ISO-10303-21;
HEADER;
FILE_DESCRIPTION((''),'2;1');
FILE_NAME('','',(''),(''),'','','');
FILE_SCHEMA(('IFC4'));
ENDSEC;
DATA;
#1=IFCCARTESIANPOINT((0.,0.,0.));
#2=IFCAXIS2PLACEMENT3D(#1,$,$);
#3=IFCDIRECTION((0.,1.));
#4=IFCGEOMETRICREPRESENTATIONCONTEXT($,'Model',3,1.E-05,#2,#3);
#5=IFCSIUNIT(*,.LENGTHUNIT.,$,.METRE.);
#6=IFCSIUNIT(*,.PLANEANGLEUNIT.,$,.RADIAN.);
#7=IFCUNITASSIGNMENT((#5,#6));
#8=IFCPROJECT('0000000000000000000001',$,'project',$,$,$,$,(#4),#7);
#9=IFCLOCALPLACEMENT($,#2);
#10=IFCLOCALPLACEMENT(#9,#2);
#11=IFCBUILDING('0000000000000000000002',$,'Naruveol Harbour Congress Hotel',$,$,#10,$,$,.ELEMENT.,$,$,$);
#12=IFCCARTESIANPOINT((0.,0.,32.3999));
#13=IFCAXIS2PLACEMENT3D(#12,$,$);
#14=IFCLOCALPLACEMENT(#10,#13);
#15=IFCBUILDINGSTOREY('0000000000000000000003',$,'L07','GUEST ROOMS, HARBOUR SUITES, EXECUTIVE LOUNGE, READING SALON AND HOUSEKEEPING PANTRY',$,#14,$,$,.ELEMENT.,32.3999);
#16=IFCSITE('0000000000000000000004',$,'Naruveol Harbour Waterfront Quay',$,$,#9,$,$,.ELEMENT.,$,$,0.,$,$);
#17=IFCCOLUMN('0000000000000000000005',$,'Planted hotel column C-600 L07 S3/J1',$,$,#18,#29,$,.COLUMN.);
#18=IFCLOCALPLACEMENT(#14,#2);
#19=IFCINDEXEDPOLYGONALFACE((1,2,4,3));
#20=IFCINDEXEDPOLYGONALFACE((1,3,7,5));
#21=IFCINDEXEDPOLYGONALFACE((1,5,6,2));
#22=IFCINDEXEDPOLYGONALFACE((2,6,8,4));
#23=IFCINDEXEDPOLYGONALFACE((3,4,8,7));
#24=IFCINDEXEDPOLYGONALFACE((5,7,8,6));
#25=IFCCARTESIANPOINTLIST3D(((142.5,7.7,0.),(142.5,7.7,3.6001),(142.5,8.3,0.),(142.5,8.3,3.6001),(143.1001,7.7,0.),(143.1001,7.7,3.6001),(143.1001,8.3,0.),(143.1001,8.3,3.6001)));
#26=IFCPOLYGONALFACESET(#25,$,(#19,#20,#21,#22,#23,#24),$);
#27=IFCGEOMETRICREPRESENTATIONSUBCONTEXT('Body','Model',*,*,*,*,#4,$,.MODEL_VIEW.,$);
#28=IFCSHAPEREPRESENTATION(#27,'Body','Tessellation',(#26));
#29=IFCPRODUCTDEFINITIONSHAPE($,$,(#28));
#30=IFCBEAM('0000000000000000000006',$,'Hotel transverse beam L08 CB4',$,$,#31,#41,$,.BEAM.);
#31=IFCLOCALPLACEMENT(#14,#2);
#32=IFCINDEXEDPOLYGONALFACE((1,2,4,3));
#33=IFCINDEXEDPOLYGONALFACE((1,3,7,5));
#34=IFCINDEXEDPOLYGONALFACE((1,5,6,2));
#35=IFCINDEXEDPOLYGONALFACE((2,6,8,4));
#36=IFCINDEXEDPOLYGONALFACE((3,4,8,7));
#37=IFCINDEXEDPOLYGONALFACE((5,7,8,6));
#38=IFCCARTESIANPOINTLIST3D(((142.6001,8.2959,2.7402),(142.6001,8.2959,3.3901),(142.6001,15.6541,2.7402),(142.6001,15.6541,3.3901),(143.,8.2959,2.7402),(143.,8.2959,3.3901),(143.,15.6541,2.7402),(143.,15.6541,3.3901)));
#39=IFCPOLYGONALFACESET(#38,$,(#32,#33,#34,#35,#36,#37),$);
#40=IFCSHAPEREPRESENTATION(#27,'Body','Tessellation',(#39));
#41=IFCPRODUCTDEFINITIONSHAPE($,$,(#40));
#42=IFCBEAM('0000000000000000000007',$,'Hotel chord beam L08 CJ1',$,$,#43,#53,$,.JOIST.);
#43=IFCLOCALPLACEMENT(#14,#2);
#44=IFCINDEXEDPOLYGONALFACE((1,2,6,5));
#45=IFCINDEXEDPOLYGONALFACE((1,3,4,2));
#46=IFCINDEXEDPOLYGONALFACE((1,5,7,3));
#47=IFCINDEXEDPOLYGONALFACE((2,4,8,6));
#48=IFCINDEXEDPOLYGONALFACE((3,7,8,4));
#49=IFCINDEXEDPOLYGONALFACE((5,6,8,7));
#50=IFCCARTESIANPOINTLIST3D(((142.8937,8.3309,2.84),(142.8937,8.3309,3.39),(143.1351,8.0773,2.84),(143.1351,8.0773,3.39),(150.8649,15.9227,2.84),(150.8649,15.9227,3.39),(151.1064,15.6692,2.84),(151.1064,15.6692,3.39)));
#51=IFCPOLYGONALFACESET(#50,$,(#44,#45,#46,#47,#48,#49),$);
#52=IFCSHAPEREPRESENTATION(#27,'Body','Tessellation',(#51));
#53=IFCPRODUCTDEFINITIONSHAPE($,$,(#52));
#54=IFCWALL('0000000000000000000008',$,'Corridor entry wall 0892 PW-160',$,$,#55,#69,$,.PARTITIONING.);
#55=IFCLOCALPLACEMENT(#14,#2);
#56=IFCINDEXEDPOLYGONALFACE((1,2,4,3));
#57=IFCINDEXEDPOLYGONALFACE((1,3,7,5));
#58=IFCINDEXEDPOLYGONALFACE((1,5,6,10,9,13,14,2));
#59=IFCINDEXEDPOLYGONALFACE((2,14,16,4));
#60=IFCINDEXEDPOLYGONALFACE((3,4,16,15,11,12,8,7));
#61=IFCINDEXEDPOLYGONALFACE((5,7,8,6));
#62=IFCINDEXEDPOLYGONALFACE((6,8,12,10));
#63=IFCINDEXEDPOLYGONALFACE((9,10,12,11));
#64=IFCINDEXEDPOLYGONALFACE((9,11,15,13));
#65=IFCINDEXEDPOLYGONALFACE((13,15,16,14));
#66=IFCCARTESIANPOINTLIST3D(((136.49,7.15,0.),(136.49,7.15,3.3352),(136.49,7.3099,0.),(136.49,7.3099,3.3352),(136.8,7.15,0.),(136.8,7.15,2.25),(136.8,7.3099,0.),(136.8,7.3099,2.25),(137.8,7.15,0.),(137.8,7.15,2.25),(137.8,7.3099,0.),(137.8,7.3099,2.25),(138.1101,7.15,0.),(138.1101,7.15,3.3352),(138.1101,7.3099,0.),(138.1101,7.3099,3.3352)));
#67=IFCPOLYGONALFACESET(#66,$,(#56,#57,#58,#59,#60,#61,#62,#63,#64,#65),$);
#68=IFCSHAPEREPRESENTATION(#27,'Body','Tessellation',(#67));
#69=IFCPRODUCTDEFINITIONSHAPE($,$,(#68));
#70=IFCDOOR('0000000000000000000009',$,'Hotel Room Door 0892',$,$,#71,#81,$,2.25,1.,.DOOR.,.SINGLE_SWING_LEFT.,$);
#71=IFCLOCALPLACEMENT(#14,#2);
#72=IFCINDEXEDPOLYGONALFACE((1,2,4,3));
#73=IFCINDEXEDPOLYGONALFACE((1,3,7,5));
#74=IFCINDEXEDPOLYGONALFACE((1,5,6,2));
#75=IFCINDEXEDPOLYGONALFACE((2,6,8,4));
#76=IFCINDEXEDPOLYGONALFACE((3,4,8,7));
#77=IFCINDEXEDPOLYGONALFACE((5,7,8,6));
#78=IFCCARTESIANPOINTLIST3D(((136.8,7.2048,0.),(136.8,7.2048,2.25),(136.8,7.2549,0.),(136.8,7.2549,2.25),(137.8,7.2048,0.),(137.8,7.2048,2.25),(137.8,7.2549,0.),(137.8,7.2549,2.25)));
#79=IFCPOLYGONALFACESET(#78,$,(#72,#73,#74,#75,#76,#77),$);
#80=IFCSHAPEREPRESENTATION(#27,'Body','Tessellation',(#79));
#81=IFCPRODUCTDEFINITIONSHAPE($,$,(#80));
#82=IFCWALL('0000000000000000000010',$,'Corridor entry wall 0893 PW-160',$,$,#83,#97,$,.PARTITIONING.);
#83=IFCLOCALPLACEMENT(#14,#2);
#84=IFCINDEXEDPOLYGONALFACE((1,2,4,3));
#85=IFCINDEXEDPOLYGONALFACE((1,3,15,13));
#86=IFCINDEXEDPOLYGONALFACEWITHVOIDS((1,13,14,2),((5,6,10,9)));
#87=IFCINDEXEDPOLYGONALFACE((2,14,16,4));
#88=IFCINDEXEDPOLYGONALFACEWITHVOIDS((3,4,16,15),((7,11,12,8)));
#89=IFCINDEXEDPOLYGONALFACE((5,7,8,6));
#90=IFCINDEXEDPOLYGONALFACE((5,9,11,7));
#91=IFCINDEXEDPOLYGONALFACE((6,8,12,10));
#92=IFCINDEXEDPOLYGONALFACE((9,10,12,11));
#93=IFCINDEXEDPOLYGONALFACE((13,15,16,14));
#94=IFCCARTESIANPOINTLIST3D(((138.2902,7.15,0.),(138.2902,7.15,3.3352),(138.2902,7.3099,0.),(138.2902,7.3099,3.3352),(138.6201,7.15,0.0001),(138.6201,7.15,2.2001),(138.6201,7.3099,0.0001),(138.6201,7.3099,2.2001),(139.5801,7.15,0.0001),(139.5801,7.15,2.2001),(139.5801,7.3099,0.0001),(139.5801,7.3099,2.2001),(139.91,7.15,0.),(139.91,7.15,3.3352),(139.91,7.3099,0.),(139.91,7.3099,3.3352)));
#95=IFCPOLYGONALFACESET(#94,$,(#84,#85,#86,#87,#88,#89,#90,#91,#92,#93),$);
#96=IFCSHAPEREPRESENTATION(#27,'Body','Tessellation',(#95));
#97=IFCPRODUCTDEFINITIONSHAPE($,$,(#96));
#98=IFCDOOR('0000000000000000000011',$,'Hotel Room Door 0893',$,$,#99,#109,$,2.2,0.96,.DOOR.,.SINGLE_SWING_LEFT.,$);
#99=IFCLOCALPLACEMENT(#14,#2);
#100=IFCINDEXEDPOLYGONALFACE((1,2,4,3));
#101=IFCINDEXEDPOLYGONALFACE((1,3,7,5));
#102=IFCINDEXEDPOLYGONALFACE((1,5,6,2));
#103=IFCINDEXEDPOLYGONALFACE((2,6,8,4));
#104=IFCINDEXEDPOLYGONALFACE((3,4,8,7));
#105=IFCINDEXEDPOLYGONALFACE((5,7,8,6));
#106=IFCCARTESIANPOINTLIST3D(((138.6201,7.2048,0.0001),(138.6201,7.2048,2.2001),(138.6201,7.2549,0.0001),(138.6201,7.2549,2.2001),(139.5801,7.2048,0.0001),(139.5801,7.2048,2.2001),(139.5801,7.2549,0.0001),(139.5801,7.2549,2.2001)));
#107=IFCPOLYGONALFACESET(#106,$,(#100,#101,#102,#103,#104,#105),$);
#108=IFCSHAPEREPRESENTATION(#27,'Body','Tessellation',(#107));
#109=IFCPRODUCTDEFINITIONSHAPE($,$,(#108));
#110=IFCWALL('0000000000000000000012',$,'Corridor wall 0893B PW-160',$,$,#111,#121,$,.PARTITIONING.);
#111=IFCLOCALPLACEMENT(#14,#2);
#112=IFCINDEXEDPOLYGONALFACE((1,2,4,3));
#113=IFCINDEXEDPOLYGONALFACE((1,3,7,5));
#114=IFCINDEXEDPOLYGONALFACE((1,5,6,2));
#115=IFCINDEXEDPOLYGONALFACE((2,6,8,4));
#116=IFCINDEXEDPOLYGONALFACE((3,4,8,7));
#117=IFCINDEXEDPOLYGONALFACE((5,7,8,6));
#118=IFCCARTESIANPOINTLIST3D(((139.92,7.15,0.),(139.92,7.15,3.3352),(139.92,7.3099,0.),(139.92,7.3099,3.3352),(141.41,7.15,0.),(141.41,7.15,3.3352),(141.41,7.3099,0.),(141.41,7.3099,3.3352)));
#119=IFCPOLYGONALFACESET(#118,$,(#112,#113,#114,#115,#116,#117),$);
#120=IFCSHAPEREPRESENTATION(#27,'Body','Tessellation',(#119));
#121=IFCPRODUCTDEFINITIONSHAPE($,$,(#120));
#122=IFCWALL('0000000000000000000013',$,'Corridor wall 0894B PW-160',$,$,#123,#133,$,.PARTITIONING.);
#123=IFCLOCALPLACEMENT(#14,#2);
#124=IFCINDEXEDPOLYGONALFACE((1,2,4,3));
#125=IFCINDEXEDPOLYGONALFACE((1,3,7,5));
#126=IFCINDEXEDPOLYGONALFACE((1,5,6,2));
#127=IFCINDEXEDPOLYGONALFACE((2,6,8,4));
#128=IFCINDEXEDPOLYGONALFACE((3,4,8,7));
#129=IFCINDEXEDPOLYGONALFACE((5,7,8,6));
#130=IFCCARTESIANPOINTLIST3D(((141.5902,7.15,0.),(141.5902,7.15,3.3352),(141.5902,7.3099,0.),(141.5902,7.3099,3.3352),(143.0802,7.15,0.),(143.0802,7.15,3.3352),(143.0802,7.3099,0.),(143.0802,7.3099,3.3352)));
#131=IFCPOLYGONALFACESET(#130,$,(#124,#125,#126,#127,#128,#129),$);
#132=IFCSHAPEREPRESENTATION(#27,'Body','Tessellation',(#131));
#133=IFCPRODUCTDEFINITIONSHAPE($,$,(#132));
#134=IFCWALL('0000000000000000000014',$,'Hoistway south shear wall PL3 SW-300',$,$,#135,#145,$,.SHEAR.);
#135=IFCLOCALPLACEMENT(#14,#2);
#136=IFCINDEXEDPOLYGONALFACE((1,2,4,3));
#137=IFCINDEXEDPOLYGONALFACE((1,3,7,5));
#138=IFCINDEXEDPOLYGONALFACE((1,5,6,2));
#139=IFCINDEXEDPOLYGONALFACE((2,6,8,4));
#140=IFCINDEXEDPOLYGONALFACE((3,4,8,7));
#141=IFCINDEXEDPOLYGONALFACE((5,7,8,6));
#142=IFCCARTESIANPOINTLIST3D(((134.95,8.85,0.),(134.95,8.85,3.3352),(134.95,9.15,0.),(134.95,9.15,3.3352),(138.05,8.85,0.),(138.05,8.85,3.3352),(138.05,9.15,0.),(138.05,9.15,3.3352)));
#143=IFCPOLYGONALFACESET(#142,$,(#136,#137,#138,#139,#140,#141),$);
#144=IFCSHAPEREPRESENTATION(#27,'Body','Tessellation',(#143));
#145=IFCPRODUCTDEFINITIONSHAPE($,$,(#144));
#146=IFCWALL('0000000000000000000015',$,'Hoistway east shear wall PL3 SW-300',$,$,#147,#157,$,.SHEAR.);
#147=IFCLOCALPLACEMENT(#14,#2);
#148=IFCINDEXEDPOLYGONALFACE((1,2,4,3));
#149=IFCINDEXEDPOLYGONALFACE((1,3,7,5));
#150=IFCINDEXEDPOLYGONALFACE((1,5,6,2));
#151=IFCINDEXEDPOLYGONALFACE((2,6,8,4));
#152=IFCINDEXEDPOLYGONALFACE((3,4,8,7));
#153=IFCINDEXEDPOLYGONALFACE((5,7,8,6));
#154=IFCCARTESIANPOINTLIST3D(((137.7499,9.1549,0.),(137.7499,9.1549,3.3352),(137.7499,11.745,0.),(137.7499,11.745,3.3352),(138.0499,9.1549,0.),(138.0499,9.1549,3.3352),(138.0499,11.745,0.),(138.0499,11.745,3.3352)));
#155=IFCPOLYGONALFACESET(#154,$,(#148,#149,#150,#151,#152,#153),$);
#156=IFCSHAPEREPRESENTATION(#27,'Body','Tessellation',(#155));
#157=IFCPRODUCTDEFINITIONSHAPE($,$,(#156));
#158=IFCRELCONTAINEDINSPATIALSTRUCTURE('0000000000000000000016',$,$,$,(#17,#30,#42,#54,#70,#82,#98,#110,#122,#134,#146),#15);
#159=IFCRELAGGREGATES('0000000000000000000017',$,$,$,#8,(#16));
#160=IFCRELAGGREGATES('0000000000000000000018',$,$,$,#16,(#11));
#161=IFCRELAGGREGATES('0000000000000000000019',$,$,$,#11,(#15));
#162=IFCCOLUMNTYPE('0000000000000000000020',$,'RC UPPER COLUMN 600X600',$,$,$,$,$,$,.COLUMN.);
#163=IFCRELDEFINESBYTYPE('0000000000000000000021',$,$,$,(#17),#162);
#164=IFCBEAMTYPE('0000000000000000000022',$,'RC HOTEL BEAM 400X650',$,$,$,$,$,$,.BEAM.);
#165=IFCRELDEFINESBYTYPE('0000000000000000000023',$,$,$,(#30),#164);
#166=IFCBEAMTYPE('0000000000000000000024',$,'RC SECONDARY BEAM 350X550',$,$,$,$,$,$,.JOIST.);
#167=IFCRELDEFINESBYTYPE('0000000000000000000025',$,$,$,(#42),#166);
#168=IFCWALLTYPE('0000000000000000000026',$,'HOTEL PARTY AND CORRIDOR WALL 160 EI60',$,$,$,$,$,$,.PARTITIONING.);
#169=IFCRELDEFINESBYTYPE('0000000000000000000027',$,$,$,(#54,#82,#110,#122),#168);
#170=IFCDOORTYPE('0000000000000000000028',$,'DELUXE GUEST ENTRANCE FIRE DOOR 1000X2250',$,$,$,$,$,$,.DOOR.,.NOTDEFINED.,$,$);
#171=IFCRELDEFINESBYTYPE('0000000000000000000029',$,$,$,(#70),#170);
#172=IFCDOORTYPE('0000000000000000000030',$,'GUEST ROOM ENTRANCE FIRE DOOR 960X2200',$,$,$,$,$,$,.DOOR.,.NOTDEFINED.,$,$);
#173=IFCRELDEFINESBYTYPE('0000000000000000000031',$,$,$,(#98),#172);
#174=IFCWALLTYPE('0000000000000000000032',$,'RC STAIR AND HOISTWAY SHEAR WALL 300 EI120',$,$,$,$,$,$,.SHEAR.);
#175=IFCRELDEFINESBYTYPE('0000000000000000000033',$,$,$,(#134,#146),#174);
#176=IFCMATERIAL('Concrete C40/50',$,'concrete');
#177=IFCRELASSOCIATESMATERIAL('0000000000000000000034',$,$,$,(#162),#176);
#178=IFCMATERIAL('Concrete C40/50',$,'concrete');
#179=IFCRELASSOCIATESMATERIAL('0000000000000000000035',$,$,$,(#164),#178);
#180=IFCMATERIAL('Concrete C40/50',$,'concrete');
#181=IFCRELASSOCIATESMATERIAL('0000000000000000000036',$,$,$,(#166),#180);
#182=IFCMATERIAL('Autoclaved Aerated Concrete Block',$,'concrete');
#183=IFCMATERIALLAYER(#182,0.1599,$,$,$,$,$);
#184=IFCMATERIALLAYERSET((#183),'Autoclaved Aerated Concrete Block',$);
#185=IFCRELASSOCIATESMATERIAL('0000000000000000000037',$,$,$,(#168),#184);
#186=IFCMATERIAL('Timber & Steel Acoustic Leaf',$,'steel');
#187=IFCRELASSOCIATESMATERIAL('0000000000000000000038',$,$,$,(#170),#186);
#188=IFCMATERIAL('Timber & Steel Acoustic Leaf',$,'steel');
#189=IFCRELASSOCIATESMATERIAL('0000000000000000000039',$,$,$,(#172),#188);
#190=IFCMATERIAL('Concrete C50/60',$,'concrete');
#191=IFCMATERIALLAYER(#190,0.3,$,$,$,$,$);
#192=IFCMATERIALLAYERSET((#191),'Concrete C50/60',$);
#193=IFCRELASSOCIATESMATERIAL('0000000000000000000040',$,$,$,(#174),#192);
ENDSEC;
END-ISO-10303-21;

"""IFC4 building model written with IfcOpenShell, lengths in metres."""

from ifc_helpers import new_model, si_unit, direction, frame, frame_2d, origin, origin_2d, place, context, subcontext, project, spatial, rectangle, extrude, material, layer, layer_set, material_profile, profile_set, type_object, element, fill, save


model = new_model("IFC4")

# Units and contexts
model_context = context("Model", 3, precision=1e-05, world=origin(), true_north=direction((0.0, 1.0)))
body_context = subcontext(model_context, "Body", "Model", "MODEL_VIEW")
ifc_project = project(units=[si_unit("LENGTHUNIT", "METRE"), si_unit("PLANEANGLEUNIT", "RADIAN")], contexts=[model_context])

# Site, building, storey
site_placement = place(None, origin())
site = spatial("IfcSite", under=ifc_project, at=site_placement, Name="Naruveol Harbour Waterfront Quay", CompositionType="ELEMENT", RefElevation=0.0)
building_placement = place(site_placement, origin())
building = spatial("IfcBuilding", under=site, at=building_placement, Name="Naruveol Harbour Congress Hotel", CompositionType="ELEMENT")
storey_placement = place(building_placement, frame((0.0, 0.0, 32.3999)))
storey = spatial("IfcBuildingStorey", under=building, at=storey_placement, Name="L07", Description="GUEST ROOMS, HARBOUR SUITES, EXECUTIVE LOUNGE, READING SALON AND HOUSEKEEPING PANTRY", CompositionType="ELEMENT", Elevation=32.3999)

# Column
ifc_material_1 = material(Name="Concrete C40/50", Category="concrete")
ifc_material_profile_1 = material_profile(ifc_material_1, rectangle(XDim=0.6001, YDim=0.6001, at=origin_2d()), Name="RC-600x600")
ifc_profile_set_1 = profile_set([ifc_material_profile_1], Name="Concrete C40/50")
column_type = type_object("IfcColumnType", Name="RC UPPER COLUMN 600X600", PredefinedType="COLUMN", material=ifc_profile_set_1)
column_placement = place(storey_placement, frame((142.8, 8.0, 0.0), z_axis=(0.0, 0.0, 1.0), x_axis=(1.0, 0.0, 0.0)))
element("IfcColumn", 1, at=column_placement, inside=storey, type_object=column_type, Name="Planted hotel column C-600 L07 S3/J1", PredefinedType="COLUMN", context=body_context, shape_type="SweptSolid", body=[
    extrude(rectangle(XDim=0.6001, YDim=0.6001, at=origin_2d()), origin(), (0.0, 0.0, 1.0), 3.6001),
])

# Beams
ifc_material_2 = material(Name="Concrete C40/50", Category="concrete")
ifc_material_profile_2 = material_profile(ifc_material_2, rectangle(XDim=0.3999, YDim=0.6499, at=origin_2d()), Name="RCB-400x650")
ifc_profile_set_2 = profile_set([ifc_material_profile_2], Name="Concrete C40/50")
beam_type_1 = type_object("IfcBeamType", Name="RC HOTEL BEAM 400X650", PredefinedType="BEAM", material=ifc_profile_set_2)
beam_1_placement = place(storey_placement, frame((142.8, 8.2959, 3.0652), z_axis=(0.0, 1.0, 0.0), x_axis=(-1.0, 0.0, 0.0)))
element("IfcBeam", 2, at=beam_1_placement, inside=storey, type_object=beam_type_1, Name="Hotel transverse beam L08 CB4", PredefinedType="BEAM", context=body_context, shape_type="SweptSolid", body=[
    extrude(rectangle(XDim=0.3999, YDim=0.6499, at=origin_2d()), origin(), (0.0, 0.0, 1.0), 7.3582),
])
ifc_material_3 = material(Name="Concrete C40/50", Category="concrete")
ifc_material_profile_3 = material_profile(ifc_material_3, rectangle(XDim=0.3501, YDim=0.55, at=origin_2d()), Name="RCB-350x550")
ifc_profile_set_3 = profile_set([ifc_material_profile_3], Name="Concrete C40/50")
beam_type_2 = type_object("IfcBeamType", Name="RC SECONDARY BEAM 350X550", PredefinedType="JOIST", material=ifc_profile_set_3)
beam_2_placement = place(storey_placement, frame((143.0144, 8.2041, 3.115), z_axis=(0.724129, 0.689664, 0.0), x_axis=(-0.689664, 0.724129, 0.0)))
element("IfcBeam", 3, at=beam_2_placement, inside=storey, type_object=beam_type_2, Name="Hotel chord beam L08 CJ1", PredefinedType="JOIST", context=body_context, shape_type="SweptSolid", body=[
    extrude(rectangle(XDim=0.3501, YDim=0.55, at=origin_2d()), origin(), (0.0, 0.0, 1.0), 11.0081),
])

# Walls, openings, doors
ifc_material_4 = material(Name="Autoclaved Aerated Concrete Block", Category="concrete")
ifc_layer_1 = layer(ifc_material_4, 0.1599)
ifc_layer_set_1 = layer_set([ifc_layer_1], Name="Autoclaved Aerated Concrete Block")
wall_type_1 = type_object("IfcWallType", Name="HOTEL PARTY AND CORRIDOR WALL 160 EI60", PredefinedType="PARTITIONING", material=ifc_layer_set_1)
wall_1_placement = place(storey_placement, frame((136.49, 7.23, 0.0), z_axis=(0.0, 0.0, 1.0), x_axis=(1.0, 0.0, 0.0)))
wall_1 = element("IfcWall", 4, at=wall_1_placement, inside=storey, type_object=wall_type_1, Name="Corridor entry wall 0892 PW-160", PredefinedType="PARTITIONING", context=body_context, shape_type="SweptSolid", body=[
    extrude(rectangle(XDim=1.6201, YDim=0.1599, at=frame_2d((0.8101, 0.0))), origin(), (0.0, 0.0, 1.0), 3.3352),
])
opening_1_placement = place(wall_1_placement, frame((0.3101, 0.0, 0.0)))
opening_1 = element("IfcOpeningElement", 5, at=opening_1_placement, cuts=wall_1, PredefinedType="OPENING", context=body_context, shape_type="SweptSolid", body=[
    extrude(rectangle(XDim=1.0, YDim=2.25, at=frame_2d((0.5, 1.125))), frame((0.0, 0.0898, 0.0), z_axis=(0.0, -1.0, 0.0), x_axis=(1.0, 0.0, 0.0)), (0.0, 0.0, 1.0), 0.1799),
])
ifc_material_5 = material(Name="Timber & Steel Acoustic Leaf", Category="steel")
door_type_1 = type_object("IfcDoorType", Name="DELUXE GUEST ENTRANCE FIRE DOOR 1000X2250", OperationType="NOTDEFINED", PredefinedType="DOOR", material=ifc_material_5)
door_1_placement = place(opening_1_placement, origin())
door_1 = element("IfcDoor", 6, at=door_1_placement, inside=storey, type_object=door_type_1, Name="Hotel Room Door 0892", OperationType="SINGLE_SWING_LEFT", OverallHeight=2.25, OverallWidth=1.0, PredefinedType="DOOR", context=body_context, shape_type="SweptSolid", body=[
    extrude(rectangle(XDim=1.0, YDim=2.25, at=frame_2d((0.5, 1.125))), frame((0.0, 0.0249, 0.0), z_axis=(0.0, -1.0, 0.0), x_axis=(1.0, 0.0, 0.0)), (0.0, 0.0, 1.0), 0.05),
])
fill(opening_1, door_1)
wall_2_placement = place(storey_placement, frame((138.29, 7.23, 0.0), z_axis=(0.0, 0.0, 1.0), x_axis=(1.0, 0.0, 0.0)))
wall_2 = element("IfcWall", 7, at=wall_2_placement, inside=storey, type_object=wall_type_1, Name="Corridor entry wall 0893 PW-160", PredefinedType="PARTITIONING", context=body_context, shape_type="SweptSolid", body=[
    extrude(rectangle(XDim=1.6199, YDim=0.1599, at=frame_2d((0.8101, 0.0))), origin(), (0.0, 0.0, 1.0), 3.3352),
])
opening_2_placement = place(wall_2_placement, frame((0.3301, 0.0, 0.0)))
opening_2 = element("IfcOpeningElement", 8, at=opening_2_placement, cuts=wall_2, PredefinedType="OPENING", context=body_context, shape_type="SweptSolid", body=[
    extrude(rectangle(XDim=0.96, YDim=2.2, at=frame_2d((0.48, 1.1001))), frame((0.0, 0.0898, 0.0), z_axis=(0.0, -1.0, 0.0), x_axis=(1.0, 0.0, 0.0)), (0.0, 0.0, 1.0), 0.1799),
])
ifc_material_6 = material(Name="Timber & Steel Acoustic Leaf", Category="steel")
door_type_2 = type_object("IfcDoorType", Name="GUEST ROOM ENTRANCE FIRE DOOR 960X2200", OperationType="NOTDEFINED", PredefinedType="DOOR", material=ifc_material_6)
door_2_placement = place(opening_2_placement, origin())
door_2 = element("IfcDoor", 9, at=door_2_placement, inside=storey, type_object=door_type_2, Name="Hotel Room Door 0893", OperationType="SINGLE_SWING_LEFT", OverallHeight=2.2, OverallWidth=0.96, PredefinedType="DOOR", context=body_context, shape_type="SweptSolid", body=[
    extrude(rectangle(XDim=0.96, YDim=2.2, at=frame_2d((0.48, 1.1001))), frame((0.0, 0.0249, 0.0), z_axis=(0.0, -1.0, 0.0), x_axis=(1.0, 0.0, 0.0)), (0.0, 0.0, 1.0), 0.05),
])
fill(opening_2, door_2)

# Walls
for number, where, z_axis, x_axis, name in (
    (10, (139.9199, 7.23, 0.0), (0.0, 0.0, 1.0), (1.0, 0.0, 0.0), "Corridor wall 0893B PW-160"),
    (11, (141.5901, 7.23, 0.0), (0.0, 0.0, 1.0), (1.0, 0.0, 0.0), "Corridor wall 0894B PW-160"),
):
    element("IfcWall", number, at=place(storey_placement, frame(where, z_axis=z_axis, x_axis=x_axis)), inside=storey, type_object=wall_type_1, Name=name, PredefinedType="PARTITIONING", context=body_context, shape_type="SweptSolid", body=[
        extrude(rectangle(XDim=1.49, YDim=0.1599, at=frame_2d((0.7451, 0.0))), origin(), (0.0, 0.0, 1.0), 3.3352),
    ])
ifc_material_7 = material(Name="Concrete C50/60", Category="concrete")
ifc_layer_2 = layer(ifc_material_7, 0.3)
ifc_layer_set_2 = layer_set([ifc_layer_2], Name="Concrete C50/60")
wall_type_2 = type_object("IfcWallType", Name="RC STAIR AND HOISTWAY SHEAR WALL 300 EI120", PredefinedType="SHEAR", material=ifc_layer_set_2)
wall_3_placement = place(storey_placement, frame((134.95, 9.0, 0.0), z_axis=(0.0, 0.0, 1.0), x_axis=(1.0, 0.0, 0.0)))
element("IfcWall", 12, at=wall_3_placement, inside=storey, type_object=wall_type_2, Name="Hoistway south shear wall PL3 SW-300", PredefinedType="SHEAR", context=body_context, shape_type="SweptSolid", body=[
    extrude(rectangle(XDim=3.1001, YDim=0.3, at=frame_2d((1.55, 0.0))), origin(), (0.0, 0.0, 1.0), 3.3352),
])
wall_4_placement = place(storey_placement, frame((137.8999, 9.155, 0.0), z_axis=(0.0, 0.0, 1.0), x_axis=(0.0, 1.0, 0.0)))
element("IfcWall", 13, at=wall_4_placement, inside=storey, type_object=wall_type_2, Name="Hoistway east shear wall PL3 SW-300", PredefinedType="SHEAR", context=body_context, shape_type="SweptSolid", body=[
    extrude(rectangle(XDim=2.5901, YDim=0.3, at=frame_2d((1.2949, 0.0))), origin(), (0.0, 0.0, 1.0), 3.3352),
])

save(model, "model.ifc")
